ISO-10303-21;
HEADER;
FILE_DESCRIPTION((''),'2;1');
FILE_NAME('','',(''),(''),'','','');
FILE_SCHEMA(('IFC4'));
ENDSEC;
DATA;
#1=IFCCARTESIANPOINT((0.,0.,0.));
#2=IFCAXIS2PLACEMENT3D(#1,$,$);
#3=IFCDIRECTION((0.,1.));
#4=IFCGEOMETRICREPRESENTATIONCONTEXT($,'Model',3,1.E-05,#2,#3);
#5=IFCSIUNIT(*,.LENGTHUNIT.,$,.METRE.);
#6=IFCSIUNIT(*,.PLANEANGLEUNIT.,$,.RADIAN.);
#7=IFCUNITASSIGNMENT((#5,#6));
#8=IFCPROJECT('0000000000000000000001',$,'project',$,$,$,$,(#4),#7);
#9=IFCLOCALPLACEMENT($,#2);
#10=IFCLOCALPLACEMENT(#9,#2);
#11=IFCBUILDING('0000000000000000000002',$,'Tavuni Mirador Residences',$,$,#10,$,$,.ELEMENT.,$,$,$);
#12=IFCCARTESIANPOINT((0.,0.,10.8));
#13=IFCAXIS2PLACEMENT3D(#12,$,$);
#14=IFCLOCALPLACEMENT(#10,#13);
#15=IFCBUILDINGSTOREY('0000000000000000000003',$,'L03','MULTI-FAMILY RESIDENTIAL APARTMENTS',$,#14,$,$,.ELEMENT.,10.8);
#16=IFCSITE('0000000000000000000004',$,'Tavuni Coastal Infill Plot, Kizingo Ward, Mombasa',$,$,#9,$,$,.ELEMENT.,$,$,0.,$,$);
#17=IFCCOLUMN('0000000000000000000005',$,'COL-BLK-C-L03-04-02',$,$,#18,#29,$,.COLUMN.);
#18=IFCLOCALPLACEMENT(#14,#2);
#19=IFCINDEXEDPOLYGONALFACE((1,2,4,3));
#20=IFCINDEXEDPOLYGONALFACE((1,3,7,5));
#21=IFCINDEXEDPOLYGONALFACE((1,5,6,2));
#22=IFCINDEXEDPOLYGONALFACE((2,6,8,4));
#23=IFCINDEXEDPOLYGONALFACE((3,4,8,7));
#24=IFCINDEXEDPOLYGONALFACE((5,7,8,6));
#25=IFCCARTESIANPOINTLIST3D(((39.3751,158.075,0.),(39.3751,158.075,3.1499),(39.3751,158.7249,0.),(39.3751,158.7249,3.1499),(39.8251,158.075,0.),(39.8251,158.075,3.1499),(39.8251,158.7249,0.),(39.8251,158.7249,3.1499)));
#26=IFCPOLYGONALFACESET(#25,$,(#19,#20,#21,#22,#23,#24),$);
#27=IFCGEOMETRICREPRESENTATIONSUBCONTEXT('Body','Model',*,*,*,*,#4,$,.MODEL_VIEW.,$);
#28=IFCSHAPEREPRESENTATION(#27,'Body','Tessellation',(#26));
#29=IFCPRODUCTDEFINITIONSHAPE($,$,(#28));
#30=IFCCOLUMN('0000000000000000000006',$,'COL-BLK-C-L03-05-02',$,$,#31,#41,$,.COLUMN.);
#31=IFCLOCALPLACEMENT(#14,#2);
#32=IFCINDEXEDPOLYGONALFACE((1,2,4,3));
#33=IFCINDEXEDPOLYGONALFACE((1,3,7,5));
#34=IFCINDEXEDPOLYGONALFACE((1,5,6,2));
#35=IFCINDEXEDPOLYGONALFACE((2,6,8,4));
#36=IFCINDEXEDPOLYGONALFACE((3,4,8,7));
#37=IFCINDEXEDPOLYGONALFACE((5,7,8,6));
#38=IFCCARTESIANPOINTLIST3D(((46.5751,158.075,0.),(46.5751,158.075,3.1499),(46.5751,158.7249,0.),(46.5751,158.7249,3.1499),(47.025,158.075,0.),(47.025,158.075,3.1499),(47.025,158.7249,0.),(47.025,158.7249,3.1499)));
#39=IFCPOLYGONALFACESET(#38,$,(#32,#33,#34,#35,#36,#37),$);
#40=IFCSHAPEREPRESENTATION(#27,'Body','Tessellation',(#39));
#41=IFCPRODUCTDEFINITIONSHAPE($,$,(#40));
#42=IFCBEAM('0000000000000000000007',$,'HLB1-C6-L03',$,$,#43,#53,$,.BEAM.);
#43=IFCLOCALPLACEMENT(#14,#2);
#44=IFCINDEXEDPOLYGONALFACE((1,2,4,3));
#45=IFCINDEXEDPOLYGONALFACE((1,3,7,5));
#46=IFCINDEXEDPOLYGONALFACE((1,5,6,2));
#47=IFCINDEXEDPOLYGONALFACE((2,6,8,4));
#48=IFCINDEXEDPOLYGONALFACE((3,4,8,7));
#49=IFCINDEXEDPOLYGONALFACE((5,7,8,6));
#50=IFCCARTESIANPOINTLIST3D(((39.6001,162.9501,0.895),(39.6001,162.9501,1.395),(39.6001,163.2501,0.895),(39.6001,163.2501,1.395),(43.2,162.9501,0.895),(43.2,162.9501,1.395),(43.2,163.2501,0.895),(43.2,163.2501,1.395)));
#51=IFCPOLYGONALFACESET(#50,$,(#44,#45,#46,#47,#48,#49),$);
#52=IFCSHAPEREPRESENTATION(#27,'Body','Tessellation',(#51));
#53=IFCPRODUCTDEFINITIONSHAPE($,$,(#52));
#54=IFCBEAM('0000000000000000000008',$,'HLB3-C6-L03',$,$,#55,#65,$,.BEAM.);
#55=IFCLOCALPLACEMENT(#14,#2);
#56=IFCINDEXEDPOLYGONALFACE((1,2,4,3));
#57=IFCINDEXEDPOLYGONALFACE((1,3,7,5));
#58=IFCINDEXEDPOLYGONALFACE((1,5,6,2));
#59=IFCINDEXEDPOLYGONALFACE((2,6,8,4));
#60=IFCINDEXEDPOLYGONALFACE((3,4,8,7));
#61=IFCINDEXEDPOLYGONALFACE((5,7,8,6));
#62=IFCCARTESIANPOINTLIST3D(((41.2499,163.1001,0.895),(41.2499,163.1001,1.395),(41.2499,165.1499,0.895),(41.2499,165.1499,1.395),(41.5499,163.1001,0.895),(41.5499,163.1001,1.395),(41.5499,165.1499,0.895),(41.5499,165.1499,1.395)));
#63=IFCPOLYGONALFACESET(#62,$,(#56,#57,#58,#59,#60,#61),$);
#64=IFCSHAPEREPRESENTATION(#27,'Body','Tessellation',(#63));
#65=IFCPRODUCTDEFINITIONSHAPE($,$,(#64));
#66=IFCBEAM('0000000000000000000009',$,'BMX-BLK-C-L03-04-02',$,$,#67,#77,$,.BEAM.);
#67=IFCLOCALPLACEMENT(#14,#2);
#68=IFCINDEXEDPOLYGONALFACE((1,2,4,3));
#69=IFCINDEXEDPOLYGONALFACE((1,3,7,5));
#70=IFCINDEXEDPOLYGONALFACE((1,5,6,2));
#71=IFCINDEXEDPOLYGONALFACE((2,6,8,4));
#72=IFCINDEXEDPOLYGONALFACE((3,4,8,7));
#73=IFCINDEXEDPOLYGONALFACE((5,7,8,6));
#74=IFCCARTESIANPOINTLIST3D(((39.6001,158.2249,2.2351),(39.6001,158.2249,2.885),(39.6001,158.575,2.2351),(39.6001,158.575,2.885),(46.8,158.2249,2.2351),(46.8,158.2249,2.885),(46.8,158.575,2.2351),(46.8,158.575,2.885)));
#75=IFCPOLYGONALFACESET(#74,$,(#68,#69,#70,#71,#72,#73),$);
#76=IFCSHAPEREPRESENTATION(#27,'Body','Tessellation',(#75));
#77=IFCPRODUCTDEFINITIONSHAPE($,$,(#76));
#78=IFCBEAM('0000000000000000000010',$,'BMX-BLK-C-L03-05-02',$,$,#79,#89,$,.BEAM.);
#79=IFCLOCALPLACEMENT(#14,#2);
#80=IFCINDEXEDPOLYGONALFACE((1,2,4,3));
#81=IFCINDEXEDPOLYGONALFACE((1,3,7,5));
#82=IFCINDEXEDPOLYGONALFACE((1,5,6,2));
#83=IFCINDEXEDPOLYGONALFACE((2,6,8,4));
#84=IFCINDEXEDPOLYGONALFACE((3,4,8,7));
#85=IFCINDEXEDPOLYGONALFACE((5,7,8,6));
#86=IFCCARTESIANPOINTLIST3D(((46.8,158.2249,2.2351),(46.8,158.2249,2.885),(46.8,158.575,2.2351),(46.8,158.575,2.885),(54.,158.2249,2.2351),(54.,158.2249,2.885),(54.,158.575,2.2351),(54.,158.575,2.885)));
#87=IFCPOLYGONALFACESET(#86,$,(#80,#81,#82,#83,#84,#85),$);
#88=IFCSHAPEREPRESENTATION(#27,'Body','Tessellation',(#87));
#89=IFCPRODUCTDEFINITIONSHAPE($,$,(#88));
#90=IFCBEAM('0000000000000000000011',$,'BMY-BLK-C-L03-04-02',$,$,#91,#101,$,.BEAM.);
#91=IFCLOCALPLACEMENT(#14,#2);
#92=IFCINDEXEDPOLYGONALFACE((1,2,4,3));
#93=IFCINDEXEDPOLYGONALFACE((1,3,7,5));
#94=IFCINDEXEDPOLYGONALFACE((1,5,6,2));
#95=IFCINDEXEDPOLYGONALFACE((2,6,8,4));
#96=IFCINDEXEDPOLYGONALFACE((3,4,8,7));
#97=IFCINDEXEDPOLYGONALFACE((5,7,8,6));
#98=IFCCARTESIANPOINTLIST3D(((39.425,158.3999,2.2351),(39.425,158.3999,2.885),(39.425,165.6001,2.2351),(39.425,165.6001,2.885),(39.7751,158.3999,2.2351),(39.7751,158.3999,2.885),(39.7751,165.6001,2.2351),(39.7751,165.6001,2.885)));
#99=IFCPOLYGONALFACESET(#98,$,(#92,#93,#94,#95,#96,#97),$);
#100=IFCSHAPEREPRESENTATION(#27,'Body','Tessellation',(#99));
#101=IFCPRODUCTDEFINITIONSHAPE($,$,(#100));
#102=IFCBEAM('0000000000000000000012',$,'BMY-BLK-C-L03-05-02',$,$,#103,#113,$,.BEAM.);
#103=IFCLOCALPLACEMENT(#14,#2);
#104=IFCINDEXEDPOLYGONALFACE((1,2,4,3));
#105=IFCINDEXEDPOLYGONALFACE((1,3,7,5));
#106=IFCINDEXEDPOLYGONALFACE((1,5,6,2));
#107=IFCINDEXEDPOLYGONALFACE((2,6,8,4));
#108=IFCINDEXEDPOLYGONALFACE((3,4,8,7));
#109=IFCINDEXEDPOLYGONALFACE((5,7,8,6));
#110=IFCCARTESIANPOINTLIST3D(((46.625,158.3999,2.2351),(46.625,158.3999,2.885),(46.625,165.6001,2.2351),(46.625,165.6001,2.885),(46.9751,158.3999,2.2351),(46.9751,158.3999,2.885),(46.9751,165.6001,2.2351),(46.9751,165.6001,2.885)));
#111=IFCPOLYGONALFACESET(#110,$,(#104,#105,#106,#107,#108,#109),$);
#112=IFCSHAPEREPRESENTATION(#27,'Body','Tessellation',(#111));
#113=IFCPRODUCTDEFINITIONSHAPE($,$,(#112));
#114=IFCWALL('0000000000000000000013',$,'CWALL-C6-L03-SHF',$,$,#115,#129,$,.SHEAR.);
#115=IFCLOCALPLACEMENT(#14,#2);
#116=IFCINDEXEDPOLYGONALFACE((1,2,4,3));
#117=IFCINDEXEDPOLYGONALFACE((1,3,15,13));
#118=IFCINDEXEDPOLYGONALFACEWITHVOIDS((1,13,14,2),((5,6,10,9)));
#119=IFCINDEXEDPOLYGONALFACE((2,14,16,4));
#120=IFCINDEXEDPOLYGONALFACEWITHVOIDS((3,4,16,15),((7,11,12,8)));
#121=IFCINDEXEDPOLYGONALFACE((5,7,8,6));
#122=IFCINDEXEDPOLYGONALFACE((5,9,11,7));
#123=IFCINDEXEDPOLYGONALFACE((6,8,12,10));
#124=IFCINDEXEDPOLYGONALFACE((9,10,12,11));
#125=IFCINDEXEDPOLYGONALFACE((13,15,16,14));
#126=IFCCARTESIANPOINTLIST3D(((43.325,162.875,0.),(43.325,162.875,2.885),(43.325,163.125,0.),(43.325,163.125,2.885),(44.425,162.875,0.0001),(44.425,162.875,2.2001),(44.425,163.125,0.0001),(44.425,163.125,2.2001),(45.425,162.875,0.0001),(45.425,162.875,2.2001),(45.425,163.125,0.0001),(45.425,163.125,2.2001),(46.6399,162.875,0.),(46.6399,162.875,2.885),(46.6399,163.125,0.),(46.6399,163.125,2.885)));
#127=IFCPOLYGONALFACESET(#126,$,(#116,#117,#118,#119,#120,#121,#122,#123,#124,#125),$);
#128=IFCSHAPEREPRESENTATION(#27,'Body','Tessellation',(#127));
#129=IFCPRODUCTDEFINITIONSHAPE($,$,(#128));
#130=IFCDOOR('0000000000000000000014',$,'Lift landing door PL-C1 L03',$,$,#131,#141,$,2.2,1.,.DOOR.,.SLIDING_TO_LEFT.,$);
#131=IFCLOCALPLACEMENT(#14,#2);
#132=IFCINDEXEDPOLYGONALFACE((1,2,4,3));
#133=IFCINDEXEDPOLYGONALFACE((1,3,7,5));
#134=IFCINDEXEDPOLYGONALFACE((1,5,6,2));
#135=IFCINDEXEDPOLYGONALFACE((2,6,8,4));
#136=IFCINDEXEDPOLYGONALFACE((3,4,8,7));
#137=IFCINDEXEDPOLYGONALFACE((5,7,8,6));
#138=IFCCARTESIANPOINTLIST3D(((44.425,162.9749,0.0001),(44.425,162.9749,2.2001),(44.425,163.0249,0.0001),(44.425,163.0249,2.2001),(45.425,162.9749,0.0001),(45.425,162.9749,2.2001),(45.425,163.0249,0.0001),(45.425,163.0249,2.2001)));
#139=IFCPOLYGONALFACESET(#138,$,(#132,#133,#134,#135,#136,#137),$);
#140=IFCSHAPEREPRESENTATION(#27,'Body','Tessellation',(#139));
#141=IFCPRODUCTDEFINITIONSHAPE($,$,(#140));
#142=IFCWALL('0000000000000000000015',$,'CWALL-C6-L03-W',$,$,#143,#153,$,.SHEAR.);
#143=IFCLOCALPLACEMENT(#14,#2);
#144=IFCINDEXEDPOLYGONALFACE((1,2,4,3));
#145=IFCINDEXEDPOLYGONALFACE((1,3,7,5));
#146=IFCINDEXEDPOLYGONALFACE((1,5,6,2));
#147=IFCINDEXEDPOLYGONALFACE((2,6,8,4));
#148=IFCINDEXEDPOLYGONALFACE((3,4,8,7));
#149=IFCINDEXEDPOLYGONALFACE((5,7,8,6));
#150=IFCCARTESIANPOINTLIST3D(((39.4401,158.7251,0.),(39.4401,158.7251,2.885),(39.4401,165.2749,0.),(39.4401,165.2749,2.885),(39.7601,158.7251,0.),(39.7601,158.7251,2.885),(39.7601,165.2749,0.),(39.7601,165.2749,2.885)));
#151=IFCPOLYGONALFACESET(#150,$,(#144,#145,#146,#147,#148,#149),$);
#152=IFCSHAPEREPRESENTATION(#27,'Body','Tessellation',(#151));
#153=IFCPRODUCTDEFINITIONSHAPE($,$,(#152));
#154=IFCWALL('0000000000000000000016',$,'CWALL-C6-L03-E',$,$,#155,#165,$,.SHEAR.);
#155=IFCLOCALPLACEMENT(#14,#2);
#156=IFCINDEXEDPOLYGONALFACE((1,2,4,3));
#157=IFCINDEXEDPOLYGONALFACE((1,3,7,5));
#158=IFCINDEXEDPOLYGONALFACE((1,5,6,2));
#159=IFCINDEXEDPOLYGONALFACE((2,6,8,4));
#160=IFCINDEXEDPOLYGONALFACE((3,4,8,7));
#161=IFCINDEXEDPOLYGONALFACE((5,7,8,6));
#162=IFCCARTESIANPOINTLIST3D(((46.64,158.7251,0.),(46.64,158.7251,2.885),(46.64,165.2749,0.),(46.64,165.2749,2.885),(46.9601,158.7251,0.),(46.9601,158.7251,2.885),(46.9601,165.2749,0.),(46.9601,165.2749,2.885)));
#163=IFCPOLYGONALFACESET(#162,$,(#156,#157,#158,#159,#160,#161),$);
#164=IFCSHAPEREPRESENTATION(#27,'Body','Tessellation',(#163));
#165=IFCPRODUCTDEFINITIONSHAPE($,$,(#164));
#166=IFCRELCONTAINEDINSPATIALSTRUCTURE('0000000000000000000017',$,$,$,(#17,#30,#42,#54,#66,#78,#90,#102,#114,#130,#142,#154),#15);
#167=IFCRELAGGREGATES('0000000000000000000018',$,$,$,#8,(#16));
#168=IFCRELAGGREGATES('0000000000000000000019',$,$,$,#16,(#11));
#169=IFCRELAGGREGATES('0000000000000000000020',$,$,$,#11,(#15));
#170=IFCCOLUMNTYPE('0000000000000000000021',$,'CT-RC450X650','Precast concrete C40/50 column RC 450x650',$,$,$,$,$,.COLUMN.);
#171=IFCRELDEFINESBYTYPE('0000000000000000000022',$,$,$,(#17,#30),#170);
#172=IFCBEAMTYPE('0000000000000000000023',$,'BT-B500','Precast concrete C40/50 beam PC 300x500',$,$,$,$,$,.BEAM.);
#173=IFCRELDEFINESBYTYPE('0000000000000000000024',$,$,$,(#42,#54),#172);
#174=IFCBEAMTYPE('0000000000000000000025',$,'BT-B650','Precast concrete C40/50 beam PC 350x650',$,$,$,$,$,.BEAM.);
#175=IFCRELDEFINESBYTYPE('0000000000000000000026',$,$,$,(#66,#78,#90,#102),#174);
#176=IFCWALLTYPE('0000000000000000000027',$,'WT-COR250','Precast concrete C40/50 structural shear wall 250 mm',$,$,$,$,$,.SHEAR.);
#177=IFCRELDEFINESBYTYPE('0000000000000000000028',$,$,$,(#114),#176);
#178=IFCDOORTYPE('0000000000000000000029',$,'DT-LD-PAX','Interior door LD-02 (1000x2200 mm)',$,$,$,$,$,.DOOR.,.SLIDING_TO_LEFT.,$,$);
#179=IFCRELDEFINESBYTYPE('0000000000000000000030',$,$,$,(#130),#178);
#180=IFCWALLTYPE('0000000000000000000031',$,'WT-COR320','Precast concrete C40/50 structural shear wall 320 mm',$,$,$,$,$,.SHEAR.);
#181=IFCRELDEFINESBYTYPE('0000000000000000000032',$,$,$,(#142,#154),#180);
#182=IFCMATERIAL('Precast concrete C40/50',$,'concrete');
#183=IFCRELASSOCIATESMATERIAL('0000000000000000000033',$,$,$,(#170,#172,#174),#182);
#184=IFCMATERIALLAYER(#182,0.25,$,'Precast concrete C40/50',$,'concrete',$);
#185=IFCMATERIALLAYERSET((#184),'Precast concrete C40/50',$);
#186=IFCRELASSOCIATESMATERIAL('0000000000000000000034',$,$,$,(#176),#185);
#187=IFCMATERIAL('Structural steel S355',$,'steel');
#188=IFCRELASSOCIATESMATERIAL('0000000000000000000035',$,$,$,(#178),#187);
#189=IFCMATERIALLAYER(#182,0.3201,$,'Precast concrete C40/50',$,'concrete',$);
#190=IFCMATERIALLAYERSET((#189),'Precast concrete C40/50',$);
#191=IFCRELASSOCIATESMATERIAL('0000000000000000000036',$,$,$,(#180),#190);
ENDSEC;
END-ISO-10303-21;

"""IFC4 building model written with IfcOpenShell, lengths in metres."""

from ifc_helpers import new_model, si_unit, direction, frame, frame_2d, origin, origin_2d, place, context, subcontext, project, spatial, rectangle, extrude, material, layer, layer_set, material_profile, profile_set, type_object, element, fill, save


model = new_model("IFC4")

# Units and contexts
model_context = context("Model", 3, precision=1e-05, world=origin(), true_north=direction((0.0, 1.0)))
body_context = subcontext(model_context, "Body", "Model", "MODEL_VIEW")
ifc_project = project(units=[si_unit("LENGTHUNIT", "METRE"), si_unit("PLANEANGLEUNIT", "RADIAN")], contexts=[model_context])

# Site, building, storey
site_placement = place(None, origin())
site = spatial("IfcSite", under=ifc_project, at=site_placement, Name="Tavuni Coastal Infill Plot, Kizingo Ward, Mombasa", CompositionType="ELEMENT", RefElevation=0.0)
building_placement = place(site_placement, origin())
building = spatial("IfcBuilding", under=site, at=building_placement, Name="Tavuni Mirador Residences", CompositionType="ELEMENT")
storey_placement = place(building_placement, frame((0.0, 0.0, 10.8)))
storey = spatial("IfcBuildingStorey", under=building, at=storey_placement, Name="L03", Description="MULTI-FAMILY RESIDENTIAL APARTMENTS", CompositionType="ELEMENT", Elevation=10.8)

# Columns
ifc_material_1 = material(Name="Precast concrete C40/50", Category="concrete")
ifc_material_profile_1 = material_profile(ifc_material_1, rectangle(XDim=0.45, YDim=0.6499, at=origin_2d()), Name="RC 450x650", Category="concrete")
ifc_profile_set_1 = profile_set([ifc_material_profile_1], Name="Precast concrete C40/50")
column_type = type_object("IfcColumnType", Name="CT-RC450X650", Description="Precast concrete C40/50 column RC 450x650", PredefinedType="COLUMN", material=ifc_profile_set_1)
for number, where, z_axis, x_axis, name in (
    (1, (39.6001, 158.3999, 0.0), (0.0, 0.0, 1.0), (1.0, 0.0, 0.0), "COL-BLK-C-L03-04-02"),
    (2, (46.8, 158.3999, 0.0), (0.0, 0.0, 1.0), (1.0, 0.0, 0.0), "COL-BLK-C-L03-05-02"),
):
    element("IfcColumn", number, at=place(storey_placement, frame(where, z_axis=z_axis, x_axis=x_axis)), inside=storey, type_object=column_type, Name=name, PredefinedType="COLUMN", context=body_context, shape_type="SweptSolid", body=[
        extrude(rectangle(XDim=0.45, YDim=0.6499, at=origin_2d()), origin(), (0.0, 0.0, 1.0), 3.1499),
    ])

# Beams
ifc_material_profile_2 = material_profile(ifc_material_1, rectangle(XDim=0.3, YDim=0.5, at=origin_2d()), Name="PC 300x500", Category="concrete")
ifc_profile_set_2 = profile_set([ifc_material_profile_2], Name="Precast concrete C40/50")
beam_type_1 = type_object("IfcBeamType", Name="BT-B500", Description="Precast concrete C40/50 beam PC 300x500", PredefinedType="BEAM", material=ifc_profile_set_2)
beam_1_placement = place(storey_placement, frame((39.6001, 163.1001, 1.145), z_axis=(1.0, 0.0, 0.0), x_axis=(0.0, 1.0, 0.0)))
element("IfcBeam", 3, at=beam_1_placement, inside=storey, type_object=beam_type_1, Name="HLB1-C6-L03", PredefinedType="BEAM", context=body_context, shape_type="SweptSolid", body=[
    extrude(rectangle(XDim=0.3, YDim=0.5, at=origin_2d()), origin(), (0.0, 0.0, 1.0), 3.5999),
])
beam_2_placement = place(storey_placement, frame((41.3999, 163.1001, 1.145), z_axis=(0.0, 1.0, 0.0), x_axis=(-1.0, 0.0, 0.0)))
element("IfcBeam", 4, at=beam_2_placement, inside=storey, type_object=beam_type_1, Name="HLB3-C6-L03", PredefinedType="BEAM", context=body_context, shape_type="SweptSolid", body=[
    extrude(rectangle(XDim=0.3, YDim=0.5, at=origin_2d()), origin(), (0.0, 0.0, 1.0), 2.0498),
])
ifc_material_profile_3 = material_profile(ifc_material_1, rectangle(XDim=0.3501, YDim=0.6499, at=origin_2d()), Name="PC 350x650", Category="concrete")
ifc_profile_set_3 = profile_set([ifc_material_profile_3], Name="Precast concrete C40/50")
beam_type_2 = type_object("IfcBeamType", Name="BT-B650", Description="Precast concrete C40/50 beam PC 350x650", PredefinedType="BEAM", material=ifc_profile_set_3)
for number, where, z_axis, x_axis, name in (
    (5, (39.6001, 158.3999, 2.5601), (1.0, 0.0, 0.0), (0.0, 1.0, 0.0), "BMX-BLK-C-L03-04-02"),
    (6, (46.8, 158.3999, 2.5601), (1.0, 0.0, 0.0), (0.0, 1.0, 0.0), "BMX-BLK-C-L03-05-02"),
):
    element("IfcBeam", number, at=place(storey_placement, frame(where, z_axis=z_axis, x_axis=x_axis)), inside=storey, type_object=beam_type_2, Name=name, PredefinedType="BEAM", context=body_context, shape_type="SweptSolid", body=[
        extrude(rectangle(XDim=0.3501, YDim=0.6499, at=origin_2d()), origin(), (0.0, 0.0, 1.0), 7.2),
    ])
for number, where, z_axis, x_axis, name in (
    (7, (39.6001, 158.3999, 2.5601), (0.0, 1.0, 0.0), (-1.0, 0.0, 0.0), "BMY-BLK-C-L03-04-02"),
    (8, (46.8, 158.3999, 2.5601), (0.0, 1.0, 0.0), (-1.0, 0.0, 0.0), "BMY-BLK-C-L03-05-02"),
):
    element("IfcBeam", number, at=place(storey_placement, frame(where, z_axis=z_axis, x_axis=x_axis)), inside=storey, type_object=beam_type_2, Name=name, PredefinedType="BEAM", context=body_context, shape_type="SweptSolid", body=[
        extrude(rectangle(XDim=0.3501, YDim=0.6499, at=origin_2d()), origin(), (0.0, 0.0, 1.0), 7.2002),
    ])

# Wall, opening, door
ifc_layer_1 = layer(ifc_material_1, 0.25, Name="Precast concrete C40/50", Category="concrete")
ifc_layer_set_1 = layer_set([ifc_layer_1], Name="Precast concrete C40/50")
wall_type_1 = type_object("IfcWallType", Name="WT-COR250", Description="Precast concrete C40/50 structural shear wall 250 mm", PredefinedType="SHEAR", material=ifc_layer_set_1)
wall_1_placement = place(storey_placement, frame((43.325, 163.0, 0.0), z_axis=(0.0, 0.0, 1.0), x_axis=(1.0, 0.0, 0.0)))
wall_1 = element("IfcWall", 9, at=wall_1_placement, inside=storey, type_object=wall_type_1, Name="CWALL-C6-L03-SHF", PredefinedType="SHEAR", context=body_context, shape_type="SweptSolid", body=[
    extrude(rectangle(XDim=3.3149, YDim=0.25, at=frame_2d((1.6575, 0.0))), origin(), (0.0, 0.0, 1.0), 2.885),
])
opening_1_placement = place(wall_1_placement, frame((1.1001, 0.0, 0.0)))
opening_1 = element("IfcOpeningElement", 10, at=opening_1_placement, cuts=wall_1, PredefinedType="OPENING", context=body_context, shape_type="SweptSolid", body=[
    extrude(rectangle(XDim=1.0, YDim=2.2, at=frame_2d((0.5, 1.1001))), frame((0.0, 0.135, 0.0), z_axis=(0.0, -1.0, 0.0), x_axis=(1.0, 0.0, 0.0)), (0.0, 0.0, 1.0), 0.27),
])
ifc_material_2 = material(Name="Structural steel S355", Category="steel")
door_type_1 = type_object("IfcDoorType", Name="DT-LD-PAX", Description="Interior door LD-02 (1000x2200 mm)", OperationType="SLIDING_TO_LEFT", PredefinedType="DOOR", material=ifc_material_2)
door_1_placement = place(opening_1_placement, origin())
door_1 = element("IfcDoor", 11, at=door_1_placement, inside=storey, type_object=door_type_1, Name="Lift landing door PL-C1 L03", OperationType="SLIDING_TO_LEFT", OverallHeight=2.2, OverallWidth=1.0, PredefinedType="DOOR", context=body_context, shape_type="SweptSolid", body=[
    extrude(rectangle(XDim=1.0, YDim=2.2, at=frame_2d((0.5, 1.1001))), frame((0.0, 0.0249, 0.0), z_axis=(0.0, -1.0, 0.0), x_axis=(1.0, 0.0, 0.0)), (0.0, 0.0, 1.0), 0.05),
])
fill(opening_1, door_1)

# Walls
ifc_layer_2 = layer(ifc_material_1, 0.3201, Name="Precast concrete C40/50", Category="concrete")
ifc_layer_set_2 = layer_set([ifc_layer_2], Name="Precast concrete C40/50")
wall_type_2 = type_object("IfcWallType", Name="WT-COR320", Description="Precast concrete C40/50 structural shear wall 320 mm", PredefinedType="SHEAR", material=ifc_layer_set_2)
for number, where, z_axis, x_axis, name in (
    (12, (39.6001, 158.7251, 0.0), (0.0, 0.0, 1.0), (0.0, 1.0, 0.0), "CWALL-C6-L03-W"),
    (13, (46.8, 158.7251, 0.0), (0.0, 0.0, 1.0), (0.0, 1.0, 0.0), "CWALL-C6-L03-E"),
):
    element("IfcWall", number, at=place(storey_placement, frame(where, z_axis=z_axis, x_axis=x_axis)), inside=storey, type_object=wall_type_2, Name=name, PredefinedType="SHEAR", context=body_context, shape_type="SweptSolid", body=[
        extrude(rectangle(XDim=6.5498, YDim=0.3201, at=frame_2d((3.2749, 0.0))), origin(), (0.0, 0.0, 1.0), 2.885),
    ])

save(model, "model.ifc")
